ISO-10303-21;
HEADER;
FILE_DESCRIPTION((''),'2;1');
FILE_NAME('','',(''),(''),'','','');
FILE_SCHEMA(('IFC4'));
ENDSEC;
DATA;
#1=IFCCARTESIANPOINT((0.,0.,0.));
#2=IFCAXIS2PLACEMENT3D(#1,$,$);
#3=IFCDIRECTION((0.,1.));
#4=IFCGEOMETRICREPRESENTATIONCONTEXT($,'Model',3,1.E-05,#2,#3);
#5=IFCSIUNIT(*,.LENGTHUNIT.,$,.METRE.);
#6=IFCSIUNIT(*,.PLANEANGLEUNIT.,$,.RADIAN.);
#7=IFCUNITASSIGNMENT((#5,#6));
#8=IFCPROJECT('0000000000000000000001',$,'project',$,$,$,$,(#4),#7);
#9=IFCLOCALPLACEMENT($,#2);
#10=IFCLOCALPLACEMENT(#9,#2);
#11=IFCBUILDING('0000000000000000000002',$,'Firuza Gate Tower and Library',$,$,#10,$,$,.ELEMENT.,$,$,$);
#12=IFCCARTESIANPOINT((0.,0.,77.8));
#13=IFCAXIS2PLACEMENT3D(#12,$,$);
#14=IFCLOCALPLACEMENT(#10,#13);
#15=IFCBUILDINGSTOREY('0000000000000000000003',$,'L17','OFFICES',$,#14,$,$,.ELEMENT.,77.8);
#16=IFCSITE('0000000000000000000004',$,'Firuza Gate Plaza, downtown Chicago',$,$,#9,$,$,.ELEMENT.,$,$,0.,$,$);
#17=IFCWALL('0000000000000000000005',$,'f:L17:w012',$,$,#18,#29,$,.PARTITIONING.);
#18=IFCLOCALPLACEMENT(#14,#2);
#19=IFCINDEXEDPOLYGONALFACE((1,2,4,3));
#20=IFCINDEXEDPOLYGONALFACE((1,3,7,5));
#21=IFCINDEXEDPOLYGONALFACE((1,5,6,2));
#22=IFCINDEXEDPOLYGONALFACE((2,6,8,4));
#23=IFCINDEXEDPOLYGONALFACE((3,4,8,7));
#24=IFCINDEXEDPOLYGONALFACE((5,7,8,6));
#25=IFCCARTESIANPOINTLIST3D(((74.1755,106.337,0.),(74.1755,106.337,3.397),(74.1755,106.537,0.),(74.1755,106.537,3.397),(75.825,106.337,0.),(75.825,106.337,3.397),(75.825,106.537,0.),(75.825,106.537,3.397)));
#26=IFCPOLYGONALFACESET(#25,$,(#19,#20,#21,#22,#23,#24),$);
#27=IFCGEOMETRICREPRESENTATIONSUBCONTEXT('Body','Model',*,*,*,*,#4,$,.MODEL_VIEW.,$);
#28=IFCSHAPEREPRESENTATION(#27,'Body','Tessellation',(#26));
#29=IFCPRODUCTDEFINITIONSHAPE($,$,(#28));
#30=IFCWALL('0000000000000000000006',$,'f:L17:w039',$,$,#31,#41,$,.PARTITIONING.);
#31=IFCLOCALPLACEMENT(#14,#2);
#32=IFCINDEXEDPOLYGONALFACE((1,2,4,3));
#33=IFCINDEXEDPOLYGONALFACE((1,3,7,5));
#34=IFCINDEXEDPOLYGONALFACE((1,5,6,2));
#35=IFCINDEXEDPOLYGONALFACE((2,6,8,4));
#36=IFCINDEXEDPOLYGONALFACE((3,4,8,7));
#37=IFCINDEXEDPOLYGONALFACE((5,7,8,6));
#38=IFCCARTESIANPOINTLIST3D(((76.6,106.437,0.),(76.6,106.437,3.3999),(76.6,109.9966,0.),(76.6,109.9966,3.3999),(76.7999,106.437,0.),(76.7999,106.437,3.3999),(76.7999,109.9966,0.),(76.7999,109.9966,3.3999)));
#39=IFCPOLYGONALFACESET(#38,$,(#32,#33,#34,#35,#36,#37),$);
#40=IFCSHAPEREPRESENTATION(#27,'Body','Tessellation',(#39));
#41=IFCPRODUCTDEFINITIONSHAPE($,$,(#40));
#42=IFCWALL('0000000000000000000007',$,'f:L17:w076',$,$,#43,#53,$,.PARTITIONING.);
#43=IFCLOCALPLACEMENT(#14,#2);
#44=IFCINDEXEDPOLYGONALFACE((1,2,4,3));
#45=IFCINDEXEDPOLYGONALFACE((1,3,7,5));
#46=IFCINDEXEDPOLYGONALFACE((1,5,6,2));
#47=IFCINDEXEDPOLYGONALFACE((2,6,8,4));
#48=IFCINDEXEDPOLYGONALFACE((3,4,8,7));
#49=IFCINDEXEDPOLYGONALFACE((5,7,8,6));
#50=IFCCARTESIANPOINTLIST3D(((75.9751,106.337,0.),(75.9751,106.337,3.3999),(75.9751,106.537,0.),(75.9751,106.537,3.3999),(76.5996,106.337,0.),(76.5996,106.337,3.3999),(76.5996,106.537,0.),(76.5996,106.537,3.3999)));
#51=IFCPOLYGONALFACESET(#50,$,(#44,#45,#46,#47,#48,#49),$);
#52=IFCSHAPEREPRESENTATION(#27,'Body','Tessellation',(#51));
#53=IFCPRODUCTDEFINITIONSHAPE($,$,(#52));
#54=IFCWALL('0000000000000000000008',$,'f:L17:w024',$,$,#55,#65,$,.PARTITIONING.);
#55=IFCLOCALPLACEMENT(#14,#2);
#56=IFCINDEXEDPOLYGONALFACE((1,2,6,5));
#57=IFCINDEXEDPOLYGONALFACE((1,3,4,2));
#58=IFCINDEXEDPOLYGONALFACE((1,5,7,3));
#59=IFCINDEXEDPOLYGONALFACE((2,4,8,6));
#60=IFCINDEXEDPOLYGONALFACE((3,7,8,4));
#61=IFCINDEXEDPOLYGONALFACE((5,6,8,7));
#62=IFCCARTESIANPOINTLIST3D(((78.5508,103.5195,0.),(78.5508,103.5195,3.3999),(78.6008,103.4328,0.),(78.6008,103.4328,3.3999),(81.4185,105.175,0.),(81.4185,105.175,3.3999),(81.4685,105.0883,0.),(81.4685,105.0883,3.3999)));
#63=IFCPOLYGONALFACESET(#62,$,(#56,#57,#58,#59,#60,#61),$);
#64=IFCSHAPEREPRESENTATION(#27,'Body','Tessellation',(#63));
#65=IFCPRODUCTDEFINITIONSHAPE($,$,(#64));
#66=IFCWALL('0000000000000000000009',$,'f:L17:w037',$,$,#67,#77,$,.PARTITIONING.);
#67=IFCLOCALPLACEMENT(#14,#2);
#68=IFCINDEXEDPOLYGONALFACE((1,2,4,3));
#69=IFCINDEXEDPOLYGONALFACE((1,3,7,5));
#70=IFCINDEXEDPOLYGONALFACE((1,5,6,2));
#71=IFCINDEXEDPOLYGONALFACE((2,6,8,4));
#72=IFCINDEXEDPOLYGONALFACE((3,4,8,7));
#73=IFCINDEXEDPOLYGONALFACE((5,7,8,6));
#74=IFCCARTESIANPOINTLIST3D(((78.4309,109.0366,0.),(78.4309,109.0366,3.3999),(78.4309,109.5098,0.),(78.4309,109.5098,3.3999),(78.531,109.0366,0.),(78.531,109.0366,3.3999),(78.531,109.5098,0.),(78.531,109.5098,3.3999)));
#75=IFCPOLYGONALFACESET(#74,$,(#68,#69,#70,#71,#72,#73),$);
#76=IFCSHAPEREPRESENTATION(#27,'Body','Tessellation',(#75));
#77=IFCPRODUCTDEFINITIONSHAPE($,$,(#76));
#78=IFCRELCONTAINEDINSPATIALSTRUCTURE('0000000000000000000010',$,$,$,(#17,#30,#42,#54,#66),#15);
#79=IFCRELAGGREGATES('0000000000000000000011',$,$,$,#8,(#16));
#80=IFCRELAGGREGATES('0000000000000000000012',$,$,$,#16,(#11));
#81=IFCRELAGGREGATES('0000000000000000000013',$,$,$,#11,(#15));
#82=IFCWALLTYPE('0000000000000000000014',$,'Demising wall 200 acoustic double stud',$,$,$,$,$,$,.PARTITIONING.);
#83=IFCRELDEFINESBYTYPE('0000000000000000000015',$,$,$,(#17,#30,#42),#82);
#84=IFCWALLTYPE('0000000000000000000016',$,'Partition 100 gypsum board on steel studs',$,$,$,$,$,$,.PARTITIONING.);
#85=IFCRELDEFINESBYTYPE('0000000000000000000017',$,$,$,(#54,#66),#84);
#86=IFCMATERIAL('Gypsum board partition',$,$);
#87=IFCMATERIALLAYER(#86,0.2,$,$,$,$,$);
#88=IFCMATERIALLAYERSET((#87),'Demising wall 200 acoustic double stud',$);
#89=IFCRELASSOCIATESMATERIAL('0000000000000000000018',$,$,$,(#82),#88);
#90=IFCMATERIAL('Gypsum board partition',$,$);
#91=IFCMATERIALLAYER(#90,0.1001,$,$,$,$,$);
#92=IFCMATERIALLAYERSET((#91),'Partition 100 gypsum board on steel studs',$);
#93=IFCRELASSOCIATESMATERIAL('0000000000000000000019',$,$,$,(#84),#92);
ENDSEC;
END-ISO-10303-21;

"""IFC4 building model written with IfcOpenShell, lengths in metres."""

from ifc_helpers import new_model, si_unit, direction, frame, frame_2d, origin, place, context, subcontext, project, spatial, rectangle, extrude, material, layer, layer_set, type_object, element, save


model = new_model("IFC4")

# Units and contexts
model_context = context("Model", 3, precision=1e-05, world=origin(), true_north=direction((0.0, 1.0)))
body_context = subcontext(model_context, "Body", "Model", "MODEL_VIEW")
ifc_project = project(units=[si_unit("LENGTHUNIT", "METRE"), si_unit("PLANEANGLEUNIT", "RADIAN")], contexts=[model_context])

# Site, building, storey
site_placement = place(None, origin())
site = spatial("IfcSite", under=ifc_project, at=site_placement, Name="Firuza Gate Plaza, downtown Chicago", CompositionType="ELEMENT", RefElevation=0.0)
building_placement = place(site_placement, origin())
building = spatial("IfcBuilding", under=site, at=building_placement, Name="Firuza Gate Tower and Library", CompositionType="ELEMENT")
storey_placement = place(building_placement, frame((0.0, 0.0, 77.8)))
storey = spatial("IfcBuildingStorey", under=building, at=storey_placement, Name="L17", Description="OFFICES", CompositionType="ELEMENT", Elevation=77.8)

# Walls
ifc_material_1 = material(Name="Gypsum board partition")
ifc_layer_1 = layer(ifc_material_1, 0.2)
ifc_layer_set_1 = layer_set([ifc_layer_1], Name="Demising wall 200 acoustic double stud")
wall_type_1 = type_object("IfcWallType", Name="Demising wall 200 acoustic double stud", PredefinedType="PARTITIONING", material=ifc_layer_set_1)
wall_1_placement = place(storey_placement, frame((74.1755, 106.437, 0.0), z_axis=(0.0, 0.0, 1.0), x_axis=(1.0, 0.0, 0.0)))
element("IfcWall", 1, at=wall_1_placement, inside=storey, type_object=wall_type_1, Name="f:L17:w012", PredefinedType="PARTITIONING", context=body_context, shape_type="SweptSolid", body=[
    extrude(rectangle(XDim=1.6494, YDim=0.2, at=frame_2d((0.8247, 0.0))), origin(), (0.0, 0.0, 1.0), 3.397),
])
wall_2_placement = place(storey_placement, frame((76.7, 106.437, 0.0), z_axis=(0.0, 0.0, 1.0), x_axis=(0.0, 1.0, 0.0)))
element("IfcWall", 2, at=wall_2_placement, inside=storey, type_object=wall_type_1, Name="f:L17:w039", PredefinedType="PARTITIONING", context=body_context, shape_type="SweptSolid", body=[
    extrude(rectangle(XDim=3.5596, YDim=0.2, at=frame_2d((1.7798, 0.0))), origin(), (0.0, 0.0, 1.0), 3.3999),
])
wall_3_placement = place(storey_placement, frame((75.9751, 106.437, 0.0), z_axis=(0.0, 0.0, 1.0), x_axis=(1.0, 0.0, 0.0)))
element("IfcWall", 3, at=wall_3_placement, inside=storey, type_object=wall_type_1, Name="f:L17:w076", PredefinedType="PARTITIONING", context=body_context, shape_type="SweptSolid", body=[
    extrude(rectangle(XDim=0.6245, YDim=0.2, at=frame_2d((0.3123, 0.0))), origin(), (0.0, 0.0, 1.0), 3.3999),
])
ifc_material_2 = material(Name="Gypsum board partition")
ifc_layer_2 = layer(ifc_material_2, 0.1001)
ifc_layer_set_2 = layer_set([ifc_layer_2], Name="Partition 100 gypsum board on steel studs")
wall_type_2 = type_object("IfcWallType", Name="Partition 100 gypsum board on steel studs", PredefinedType="PARTITIONING", material=ifc_layer_set_2)
wall_4_placement = place(storey_placement, frame((78.5757, 103.4761, 0.0), z_axis=(0.0, 0.0, 1.0), x_axis=(0.866043, 0.499969, 0.0)))
element("IfcWall", 4, at=wall_4_placement, inside=storey, type_object=wall_type_2, Name="f:L17:w024", PredefinedType="PARTITIONING", context=body_context, shape_type="SweptSolid", body=[
    extrude(rectangle(XDim=3.3113, YDim=0.1001, at=frame_2d((1.6558, 0.0))), origin(), (0.0, 0.0, 1.0), 3.3999),
])
wall_5_placement = place(storey_placement, frame((78.481, 109.0366, 0.0), z_axis=(0.0, 0.0, 1.0), x_axis=(0.0, 1.0, 0.0)))
element("IfcWall", 5, at=wall_5_placement, inside=storey, type_object=wall_type_2, Name="f:L17:w037", PredefinedType="PARTITIONING", context=body_context, shape_type="SweptSolid", body=[
    extrude(rectangle(XDim=0.4731, YDim=0.1001, at=frame_2d((0.2366, 0.0))), origin(), (0.0, 0.0, 1.0), 3.3999),
])

save(model, "model.ifc")
